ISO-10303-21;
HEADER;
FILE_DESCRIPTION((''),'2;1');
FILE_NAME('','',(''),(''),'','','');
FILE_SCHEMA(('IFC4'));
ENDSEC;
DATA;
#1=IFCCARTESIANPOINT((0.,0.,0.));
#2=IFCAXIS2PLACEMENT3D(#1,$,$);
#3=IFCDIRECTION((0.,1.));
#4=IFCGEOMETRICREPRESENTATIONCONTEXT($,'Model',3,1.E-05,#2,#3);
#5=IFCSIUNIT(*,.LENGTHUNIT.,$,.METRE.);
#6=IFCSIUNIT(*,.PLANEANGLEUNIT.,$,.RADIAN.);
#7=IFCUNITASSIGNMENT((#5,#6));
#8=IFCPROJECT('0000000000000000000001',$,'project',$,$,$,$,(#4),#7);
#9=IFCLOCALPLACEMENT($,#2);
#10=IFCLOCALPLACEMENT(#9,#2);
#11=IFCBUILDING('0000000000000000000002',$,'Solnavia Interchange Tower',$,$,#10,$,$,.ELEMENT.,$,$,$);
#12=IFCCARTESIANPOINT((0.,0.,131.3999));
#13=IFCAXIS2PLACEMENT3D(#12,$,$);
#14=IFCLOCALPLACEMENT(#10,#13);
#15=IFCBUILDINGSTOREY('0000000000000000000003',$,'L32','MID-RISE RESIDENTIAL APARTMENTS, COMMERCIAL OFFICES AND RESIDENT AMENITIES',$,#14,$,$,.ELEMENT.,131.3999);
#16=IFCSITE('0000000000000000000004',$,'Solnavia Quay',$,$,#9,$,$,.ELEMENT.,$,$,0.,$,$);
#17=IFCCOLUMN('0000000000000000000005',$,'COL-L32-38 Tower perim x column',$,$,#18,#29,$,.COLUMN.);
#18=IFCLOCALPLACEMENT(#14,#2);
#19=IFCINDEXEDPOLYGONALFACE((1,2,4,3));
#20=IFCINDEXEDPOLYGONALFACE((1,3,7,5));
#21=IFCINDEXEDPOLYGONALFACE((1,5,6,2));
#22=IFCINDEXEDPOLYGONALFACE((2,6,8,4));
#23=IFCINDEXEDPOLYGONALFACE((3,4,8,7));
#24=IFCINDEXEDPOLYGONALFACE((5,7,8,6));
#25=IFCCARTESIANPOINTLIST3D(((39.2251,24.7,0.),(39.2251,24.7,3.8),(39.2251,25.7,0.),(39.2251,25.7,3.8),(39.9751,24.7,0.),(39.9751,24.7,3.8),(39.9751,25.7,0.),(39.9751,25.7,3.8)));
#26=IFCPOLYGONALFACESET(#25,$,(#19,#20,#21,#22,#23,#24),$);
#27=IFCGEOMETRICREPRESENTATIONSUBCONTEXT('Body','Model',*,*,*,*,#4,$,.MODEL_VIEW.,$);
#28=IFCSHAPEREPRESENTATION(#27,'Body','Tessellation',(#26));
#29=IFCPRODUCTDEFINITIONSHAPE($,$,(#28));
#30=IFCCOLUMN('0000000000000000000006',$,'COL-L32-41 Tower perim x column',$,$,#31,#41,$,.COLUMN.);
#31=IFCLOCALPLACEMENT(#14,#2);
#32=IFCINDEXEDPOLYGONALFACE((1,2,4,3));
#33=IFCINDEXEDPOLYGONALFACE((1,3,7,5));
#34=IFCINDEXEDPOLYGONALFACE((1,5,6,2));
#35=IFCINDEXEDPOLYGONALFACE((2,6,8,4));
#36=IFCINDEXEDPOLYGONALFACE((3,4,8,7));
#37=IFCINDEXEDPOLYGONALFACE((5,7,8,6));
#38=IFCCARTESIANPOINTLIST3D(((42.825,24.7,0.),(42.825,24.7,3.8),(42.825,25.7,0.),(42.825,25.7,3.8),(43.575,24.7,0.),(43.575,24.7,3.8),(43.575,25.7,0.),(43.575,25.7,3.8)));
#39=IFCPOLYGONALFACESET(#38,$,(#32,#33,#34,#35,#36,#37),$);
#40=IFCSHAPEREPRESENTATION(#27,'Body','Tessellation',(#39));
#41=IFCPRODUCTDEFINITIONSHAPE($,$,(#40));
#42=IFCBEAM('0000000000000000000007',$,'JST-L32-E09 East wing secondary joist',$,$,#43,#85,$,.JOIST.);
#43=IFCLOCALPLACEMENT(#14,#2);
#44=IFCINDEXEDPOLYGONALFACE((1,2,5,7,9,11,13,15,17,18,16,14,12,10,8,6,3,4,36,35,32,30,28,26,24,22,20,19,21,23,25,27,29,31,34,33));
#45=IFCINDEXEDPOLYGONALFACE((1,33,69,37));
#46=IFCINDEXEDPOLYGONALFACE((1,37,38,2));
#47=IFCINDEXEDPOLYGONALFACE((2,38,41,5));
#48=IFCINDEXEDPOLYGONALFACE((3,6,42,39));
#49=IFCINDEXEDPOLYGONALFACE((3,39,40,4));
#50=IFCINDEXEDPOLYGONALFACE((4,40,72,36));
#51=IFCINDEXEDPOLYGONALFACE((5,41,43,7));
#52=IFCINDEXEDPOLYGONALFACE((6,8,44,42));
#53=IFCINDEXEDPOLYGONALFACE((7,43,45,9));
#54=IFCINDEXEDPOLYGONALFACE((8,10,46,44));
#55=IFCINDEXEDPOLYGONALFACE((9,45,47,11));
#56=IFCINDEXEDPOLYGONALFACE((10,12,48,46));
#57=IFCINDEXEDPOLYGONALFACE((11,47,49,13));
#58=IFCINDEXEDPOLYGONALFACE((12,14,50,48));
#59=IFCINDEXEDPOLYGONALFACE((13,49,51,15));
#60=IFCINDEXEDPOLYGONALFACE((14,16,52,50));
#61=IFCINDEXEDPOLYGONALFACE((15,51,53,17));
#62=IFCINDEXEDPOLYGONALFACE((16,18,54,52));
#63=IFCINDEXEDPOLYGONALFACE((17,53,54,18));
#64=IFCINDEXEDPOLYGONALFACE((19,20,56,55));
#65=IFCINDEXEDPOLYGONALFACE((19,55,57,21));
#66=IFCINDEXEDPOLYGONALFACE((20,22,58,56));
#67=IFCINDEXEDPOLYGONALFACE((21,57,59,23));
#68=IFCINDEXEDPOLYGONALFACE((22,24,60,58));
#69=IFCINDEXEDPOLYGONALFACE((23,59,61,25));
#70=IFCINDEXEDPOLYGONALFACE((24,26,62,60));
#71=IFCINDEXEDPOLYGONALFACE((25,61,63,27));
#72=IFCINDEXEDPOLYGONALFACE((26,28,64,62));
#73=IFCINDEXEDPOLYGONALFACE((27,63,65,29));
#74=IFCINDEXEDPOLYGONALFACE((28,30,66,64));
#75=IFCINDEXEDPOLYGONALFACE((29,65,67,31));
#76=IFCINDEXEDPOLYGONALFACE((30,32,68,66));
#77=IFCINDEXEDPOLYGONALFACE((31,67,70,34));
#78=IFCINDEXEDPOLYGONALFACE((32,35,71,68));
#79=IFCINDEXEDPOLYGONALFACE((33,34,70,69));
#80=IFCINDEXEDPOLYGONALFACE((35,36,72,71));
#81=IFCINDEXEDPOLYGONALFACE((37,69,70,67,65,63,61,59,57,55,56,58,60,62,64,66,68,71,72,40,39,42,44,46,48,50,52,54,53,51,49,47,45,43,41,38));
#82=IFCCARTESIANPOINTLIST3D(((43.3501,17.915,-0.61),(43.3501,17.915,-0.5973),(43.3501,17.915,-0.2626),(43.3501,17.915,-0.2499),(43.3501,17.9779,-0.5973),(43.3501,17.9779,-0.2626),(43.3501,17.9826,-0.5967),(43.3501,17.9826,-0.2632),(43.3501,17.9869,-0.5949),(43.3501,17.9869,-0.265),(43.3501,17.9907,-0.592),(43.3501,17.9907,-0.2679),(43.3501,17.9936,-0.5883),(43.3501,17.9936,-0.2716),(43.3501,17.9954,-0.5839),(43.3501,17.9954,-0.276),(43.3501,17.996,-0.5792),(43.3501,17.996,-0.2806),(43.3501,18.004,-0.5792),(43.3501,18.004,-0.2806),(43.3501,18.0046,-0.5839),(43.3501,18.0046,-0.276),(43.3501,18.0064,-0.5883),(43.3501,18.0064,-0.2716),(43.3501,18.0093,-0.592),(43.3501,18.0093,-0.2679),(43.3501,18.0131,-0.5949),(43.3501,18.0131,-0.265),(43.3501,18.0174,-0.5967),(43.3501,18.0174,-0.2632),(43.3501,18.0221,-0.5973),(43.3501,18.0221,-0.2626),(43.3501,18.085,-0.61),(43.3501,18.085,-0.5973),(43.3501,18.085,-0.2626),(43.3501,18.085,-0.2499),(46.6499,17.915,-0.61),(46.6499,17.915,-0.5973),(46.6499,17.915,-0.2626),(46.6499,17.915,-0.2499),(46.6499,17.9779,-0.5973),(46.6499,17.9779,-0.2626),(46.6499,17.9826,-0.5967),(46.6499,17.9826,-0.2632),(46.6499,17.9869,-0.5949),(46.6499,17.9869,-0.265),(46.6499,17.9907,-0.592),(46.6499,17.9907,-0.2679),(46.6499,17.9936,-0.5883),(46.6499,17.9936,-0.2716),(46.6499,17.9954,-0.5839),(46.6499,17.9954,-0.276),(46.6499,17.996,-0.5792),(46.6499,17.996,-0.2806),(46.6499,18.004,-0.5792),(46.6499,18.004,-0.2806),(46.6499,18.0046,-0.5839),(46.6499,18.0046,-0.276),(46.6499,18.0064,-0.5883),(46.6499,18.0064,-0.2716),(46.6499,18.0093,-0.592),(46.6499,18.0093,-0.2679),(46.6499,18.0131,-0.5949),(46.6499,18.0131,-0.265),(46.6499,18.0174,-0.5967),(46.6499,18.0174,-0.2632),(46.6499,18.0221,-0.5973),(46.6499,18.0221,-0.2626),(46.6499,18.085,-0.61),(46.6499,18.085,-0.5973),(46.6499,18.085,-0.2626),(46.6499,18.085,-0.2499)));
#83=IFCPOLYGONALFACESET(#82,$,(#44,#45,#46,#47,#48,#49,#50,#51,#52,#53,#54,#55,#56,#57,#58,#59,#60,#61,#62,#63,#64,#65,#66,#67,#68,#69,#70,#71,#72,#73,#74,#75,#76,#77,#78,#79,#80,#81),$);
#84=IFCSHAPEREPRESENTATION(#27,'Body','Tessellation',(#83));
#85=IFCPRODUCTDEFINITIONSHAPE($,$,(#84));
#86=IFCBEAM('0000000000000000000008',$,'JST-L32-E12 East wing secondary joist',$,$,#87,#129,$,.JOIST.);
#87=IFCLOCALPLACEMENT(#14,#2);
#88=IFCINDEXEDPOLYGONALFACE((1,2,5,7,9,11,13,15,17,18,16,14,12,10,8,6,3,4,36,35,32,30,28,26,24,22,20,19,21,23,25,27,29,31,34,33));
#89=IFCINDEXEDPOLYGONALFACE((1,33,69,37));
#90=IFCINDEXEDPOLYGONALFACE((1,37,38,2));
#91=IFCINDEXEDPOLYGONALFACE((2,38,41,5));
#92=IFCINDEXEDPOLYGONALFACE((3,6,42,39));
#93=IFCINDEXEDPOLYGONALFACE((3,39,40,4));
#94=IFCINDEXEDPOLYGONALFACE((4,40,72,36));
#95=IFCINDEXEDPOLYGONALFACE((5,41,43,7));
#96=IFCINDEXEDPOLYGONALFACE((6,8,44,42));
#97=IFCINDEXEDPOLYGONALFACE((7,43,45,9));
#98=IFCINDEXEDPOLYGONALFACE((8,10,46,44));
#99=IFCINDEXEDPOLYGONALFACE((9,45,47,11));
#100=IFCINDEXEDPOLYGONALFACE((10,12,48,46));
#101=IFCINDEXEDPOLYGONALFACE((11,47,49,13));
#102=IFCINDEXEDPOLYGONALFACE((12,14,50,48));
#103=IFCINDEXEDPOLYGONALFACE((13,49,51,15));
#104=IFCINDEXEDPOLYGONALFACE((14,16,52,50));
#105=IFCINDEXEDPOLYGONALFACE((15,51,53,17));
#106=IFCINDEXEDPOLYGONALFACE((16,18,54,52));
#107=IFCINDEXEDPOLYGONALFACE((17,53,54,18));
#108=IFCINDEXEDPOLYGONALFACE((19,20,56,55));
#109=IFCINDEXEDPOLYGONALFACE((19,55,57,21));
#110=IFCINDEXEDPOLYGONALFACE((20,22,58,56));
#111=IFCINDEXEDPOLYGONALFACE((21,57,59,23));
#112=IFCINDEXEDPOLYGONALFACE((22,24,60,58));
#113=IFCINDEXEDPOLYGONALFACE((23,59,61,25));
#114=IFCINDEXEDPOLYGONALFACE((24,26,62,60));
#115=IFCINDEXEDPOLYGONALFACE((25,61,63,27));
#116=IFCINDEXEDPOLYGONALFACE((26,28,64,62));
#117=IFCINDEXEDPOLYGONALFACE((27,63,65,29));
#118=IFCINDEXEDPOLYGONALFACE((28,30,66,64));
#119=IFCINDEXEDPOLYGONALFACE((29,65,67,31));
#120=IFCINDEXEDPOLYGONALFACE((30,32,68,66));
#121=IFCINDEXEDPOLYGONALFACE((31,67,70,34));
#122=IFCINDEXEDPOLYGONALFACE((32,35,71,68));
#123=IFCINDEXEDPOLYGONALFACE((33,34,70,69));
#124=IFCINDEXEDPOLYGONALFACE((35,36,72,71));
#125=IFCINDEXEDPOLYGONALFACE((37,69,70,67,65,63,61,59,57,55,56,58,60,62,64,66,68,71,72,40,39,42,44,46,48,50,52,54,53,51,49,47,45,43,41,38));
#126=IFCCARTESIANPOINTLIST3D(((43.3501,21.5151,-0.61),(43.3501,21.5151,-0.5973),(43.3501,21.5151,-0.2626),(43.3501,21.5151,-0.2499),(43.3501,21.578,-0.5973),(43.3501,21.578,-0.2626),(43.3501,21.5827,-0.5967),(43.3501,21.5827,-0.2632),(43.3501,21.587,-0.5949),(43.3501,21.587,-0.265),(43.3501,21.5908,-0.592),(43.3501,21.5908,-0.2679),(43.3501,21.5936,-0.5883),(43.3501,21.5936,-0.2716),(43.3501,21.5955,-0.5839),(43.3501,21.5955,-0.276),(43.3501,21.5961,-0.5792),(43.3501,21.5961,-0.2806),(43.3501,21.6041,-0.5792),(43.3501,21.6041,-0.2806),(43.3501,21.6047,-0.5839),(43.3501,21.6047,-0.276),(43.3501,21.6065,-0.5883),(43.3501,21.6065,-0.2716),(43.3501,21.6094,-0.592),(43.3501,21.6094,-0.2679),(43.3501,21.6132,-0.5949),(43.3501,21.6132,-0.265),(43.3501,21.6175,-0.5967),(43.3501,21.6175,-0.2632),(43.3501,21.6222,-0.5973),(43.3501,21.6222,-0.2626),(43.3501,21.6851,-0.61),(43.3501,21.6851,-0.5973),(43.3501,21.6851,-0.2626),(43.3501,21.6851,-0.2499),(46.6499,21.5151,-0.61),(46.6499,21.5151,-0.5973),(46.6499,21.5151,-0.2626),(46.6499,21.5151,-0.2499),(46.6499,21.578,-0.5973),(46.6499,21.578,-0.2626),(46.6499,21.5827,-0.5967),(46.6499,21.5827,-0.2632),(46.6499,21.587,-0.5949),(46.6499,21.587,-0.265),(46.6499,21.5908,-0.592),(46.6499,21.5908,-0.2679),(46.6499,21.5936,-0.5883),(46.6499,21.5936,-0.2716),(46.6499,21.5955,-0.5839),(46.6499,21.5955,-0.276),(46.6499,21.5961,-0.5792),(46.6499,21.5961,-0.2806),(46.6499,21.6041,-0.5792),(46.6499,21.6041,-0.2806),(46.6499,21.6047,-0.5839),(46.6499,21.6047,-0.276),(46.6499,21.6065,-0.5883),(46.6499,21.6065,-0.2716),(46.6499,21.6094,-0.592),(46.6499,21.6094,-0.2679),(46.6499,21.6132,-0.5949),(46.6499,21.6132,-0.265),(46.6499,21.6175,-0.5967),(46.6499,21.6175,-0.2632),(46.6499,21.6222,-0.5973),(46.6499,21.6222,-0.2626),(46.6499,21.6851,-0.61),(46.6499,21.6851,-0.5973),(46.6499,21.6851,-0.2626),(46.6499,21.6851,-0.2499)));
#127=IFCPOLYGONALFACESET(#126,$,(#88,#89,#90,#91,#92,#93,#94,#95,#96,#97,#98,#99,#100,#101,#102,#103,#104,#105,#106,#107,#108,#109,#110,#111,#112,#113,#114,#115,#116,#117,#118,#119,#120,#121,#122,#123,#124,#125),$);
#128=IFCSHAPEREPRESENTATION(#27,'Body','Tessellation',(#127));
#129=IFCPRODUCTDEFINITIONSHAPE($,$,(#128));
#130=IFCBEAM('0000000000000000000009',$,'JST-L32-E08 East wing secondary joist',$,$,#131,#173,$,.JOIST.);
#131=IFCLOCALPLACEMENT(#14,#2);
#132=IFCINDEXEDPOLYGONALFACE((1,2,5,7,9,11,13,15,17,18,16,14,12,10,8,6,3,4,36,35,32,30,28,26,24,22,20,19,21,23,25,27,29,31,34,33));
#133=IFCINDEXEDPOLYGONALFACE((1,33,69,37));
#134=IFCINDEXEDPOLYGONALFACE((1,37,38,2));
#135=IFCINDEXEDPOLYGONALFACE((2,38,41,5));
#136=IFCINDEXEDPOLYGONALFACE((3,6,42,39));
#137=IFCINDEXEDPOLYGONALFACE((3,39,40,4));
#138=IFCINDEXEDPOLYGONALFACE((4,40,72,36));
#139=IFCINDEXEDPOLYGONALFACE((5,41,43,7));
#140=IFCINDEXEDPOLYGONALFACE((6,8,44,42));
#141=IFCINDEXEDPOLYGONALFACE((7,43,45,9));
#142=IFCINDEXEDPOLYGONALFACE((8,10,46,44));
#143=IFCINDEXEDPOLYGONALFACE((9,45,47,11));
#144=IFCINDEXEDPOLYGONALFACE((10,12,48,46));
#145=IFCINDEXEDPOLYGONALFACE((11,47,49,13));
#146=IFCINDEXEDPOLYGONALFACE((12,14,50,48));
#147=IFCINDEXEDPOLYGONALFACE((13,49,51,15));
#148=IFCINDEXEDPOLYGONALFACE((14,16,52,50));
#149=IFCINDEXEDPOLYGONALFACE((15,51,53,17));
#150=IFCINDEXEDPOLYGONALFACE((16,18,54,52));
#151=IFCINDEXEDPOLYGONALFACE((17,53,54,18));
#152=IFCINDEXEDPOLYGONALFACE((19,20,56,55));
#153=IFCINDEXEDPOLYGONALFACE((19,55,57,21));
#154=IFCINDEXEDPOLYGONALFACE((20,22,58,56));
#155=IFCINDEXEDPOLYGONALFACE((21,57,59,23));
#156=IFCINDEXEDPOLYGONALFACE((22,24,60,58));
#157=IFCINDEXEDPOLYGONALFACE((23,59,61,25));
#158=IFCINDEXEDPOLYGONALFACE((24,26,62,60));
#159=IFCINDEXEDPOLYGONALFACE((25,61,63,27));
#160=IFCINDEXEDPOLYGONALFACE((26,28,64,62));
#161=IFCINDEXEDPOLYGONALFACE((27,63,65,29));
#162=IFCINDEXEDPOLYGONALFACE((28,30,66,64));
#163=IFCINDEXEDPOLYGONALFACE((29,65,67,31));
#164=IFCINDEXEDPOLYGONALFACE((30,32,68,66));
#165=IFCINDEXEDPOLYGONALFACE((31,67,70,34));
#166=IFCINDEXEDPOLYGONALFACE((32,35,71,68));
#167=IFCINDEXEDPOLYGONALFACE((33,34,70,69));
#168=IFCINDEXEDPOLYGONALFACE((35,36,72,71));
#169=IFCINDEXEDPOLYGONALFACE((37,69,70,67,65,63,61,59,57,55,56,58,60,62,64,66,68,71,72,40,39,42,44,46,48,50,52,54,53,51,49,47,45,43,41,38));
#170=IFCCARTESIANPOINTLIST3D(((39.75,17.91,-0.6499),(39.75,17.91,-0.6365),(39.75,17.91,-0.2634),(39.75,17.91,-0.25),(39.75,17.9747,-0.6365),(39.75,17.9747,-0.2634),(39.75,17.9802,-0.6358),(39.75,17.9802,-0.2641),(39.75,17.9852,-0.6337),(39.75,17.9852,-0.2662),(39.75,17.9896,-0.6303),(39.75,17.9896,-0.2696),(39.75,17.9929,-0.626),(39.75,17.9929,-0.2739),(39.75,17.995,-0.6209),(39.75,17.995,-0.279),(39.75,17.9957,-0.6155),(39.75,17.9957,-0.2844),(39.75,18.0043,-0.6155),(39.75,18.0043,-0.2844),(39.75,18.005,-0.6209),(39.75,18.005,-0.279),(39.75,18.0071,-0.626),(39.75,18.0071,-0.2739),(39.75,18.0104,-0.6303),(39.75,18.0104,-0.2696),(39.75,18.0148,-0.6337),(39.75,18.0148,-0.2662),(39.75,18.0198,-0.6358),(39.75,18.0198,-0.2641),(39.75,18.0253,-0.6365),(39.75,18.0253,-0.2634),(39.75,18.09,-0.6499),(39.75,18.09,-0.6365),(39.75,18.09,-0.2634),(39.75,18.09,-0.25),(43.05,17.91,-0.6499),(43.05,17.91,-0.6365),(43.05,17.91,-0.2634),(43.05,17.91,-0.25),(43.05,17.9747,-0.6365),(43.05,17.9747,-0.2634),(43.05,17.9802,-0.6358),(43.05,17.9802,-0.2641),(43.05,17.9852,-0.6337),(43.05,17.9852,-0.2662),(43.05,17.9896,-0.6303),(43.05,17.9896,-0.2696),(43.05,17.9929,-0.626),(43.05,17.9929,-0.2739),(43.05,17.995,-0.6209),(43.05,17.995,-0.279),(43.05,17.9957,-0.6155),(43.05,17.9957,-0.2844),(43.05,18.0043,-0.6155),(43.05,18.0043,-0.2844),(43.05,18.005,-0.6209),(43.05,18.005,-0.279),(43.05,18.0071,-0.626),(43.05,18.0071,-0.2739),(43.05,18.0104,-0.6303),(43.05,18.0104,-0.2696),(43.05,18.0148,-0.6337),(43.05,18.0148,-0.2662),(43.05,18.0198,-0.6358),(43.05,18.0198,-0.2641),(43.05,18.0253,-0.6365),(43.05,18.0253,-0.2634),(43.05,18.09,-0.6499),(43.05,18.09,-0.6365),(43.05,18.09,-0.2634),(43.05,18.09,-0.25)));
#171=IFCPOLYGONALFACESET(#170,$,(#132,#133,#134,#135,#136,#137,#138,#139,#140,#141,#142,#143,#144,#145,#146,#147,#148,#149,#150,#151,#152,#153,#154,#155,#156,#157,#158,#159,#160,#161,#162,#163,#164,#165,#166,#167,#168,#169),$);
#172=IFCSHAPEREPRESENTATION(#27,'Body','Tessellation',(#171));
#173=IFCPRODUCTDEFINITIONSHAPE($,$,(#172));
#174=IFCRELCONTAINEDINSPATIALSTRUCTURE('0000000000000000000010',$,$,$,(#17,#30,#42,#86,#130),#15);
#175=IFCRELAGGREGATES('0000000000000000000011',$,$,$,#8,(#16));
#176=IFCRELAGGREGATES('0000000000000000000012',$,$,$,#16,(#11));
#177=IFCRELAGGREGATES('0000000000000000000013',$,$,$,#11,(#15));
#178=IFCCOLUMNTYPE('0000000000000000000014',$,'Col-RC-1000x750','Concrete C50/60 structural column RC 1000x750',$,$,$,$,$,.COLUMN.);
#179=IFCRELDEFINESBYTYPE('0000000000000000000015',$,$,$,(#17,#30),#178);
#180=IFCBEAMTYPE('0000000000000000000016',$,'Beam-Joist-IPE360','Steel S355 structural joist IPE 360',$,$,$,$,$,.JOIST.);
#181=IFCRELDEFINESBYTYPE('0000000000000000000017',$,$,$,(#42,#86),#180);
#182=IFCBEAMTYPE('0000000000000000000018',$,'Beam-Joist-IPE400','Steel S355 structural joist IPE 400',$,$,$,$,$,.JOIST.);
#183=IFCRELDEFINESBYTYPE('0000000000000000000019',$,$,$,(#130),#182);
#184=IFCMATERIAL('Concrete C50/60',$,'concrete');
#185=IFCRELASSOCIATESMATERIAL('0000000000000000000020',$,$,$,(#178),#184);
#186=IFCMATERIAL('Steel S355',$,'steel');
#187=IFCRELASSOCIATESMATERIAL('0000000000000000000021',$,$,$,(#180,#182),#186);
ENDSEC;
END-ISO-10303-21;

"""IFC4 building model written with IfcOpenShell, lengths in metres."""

from ifc_helpers import new_model, si_unit, direction, frame, origin, origin_2d, place, context, subcontext, project, spatial, rectangle, i_section, extrude, material, material_profile, profile_set, type_object, element, save


model = new_model("IFC4")

# Units and contexts
model_context = context("Model", 3, precision=1e-05, world=origin(), true_north=direction((0.0, 1.0)))
body_context = subcontext(model_context, "Body", "Model", "MODEL_VIEW")
ifc_project = project(units=[si_unit("LENGTHUNIT", "METRE"), si_unit("PLANEANGLEUNIT", "RADIAN")], contexts=[model_context])

# Site, building, storey
site_placement = place(None, origin())
site = spatial("IfcSite", under=ifc_project, at=site_placement, Name="Solnavia Quay", CompositionType="ELEMENT", RefElevation=0.0)
building_placement = place(site_placement, origin())
building = spatial("IfcBuilding", under=site, at=building_placement, Name="Solnavia Interchange Tower", CompositionType="ELEMENT")
storey_placement = place(building_placement, frame((0.0, 0.0, 131.3999)))
storey = spatial("IfcBuildingStorey", under=building, at=storey_placement, Name="L32", Description="MID-RISE RESIDENTIAL APARTMENTS, COMMERCIAL OFFICES AND RESIDENT AMENITIES", CompositionType="ELEMENT", Elevation=131.3999)

# Columns
ifc_material_1 = material(Name="Concrete C50/60", Category="concrete")
ifc_material_profile_1 = material_profile(ifc_material_1, rectangle(XDim=0.75, YDim=1.0, at=origin_2d()), Name="RC 1000x750")
ifc_profile_set_1 = profile_set([ifc_material_profile_1], Name="Concrete C50/60")
column_type = type_object("IfcColumnType", Name="Col-RC-1000x750", Description="Concrete C50/60 structural column RC 1000x750", PredefinedType="COLUMN", material=ifc_profile_set_1)
for number, where, z_axis, x_axis, name in (
    (1, (39.6001, 25.2, 0.0), (0.0, 0.0, 1.0), (1.0, 0.0, 0.0), "COL-L32-38 Tower perim x column"),
    (2, (43.2, 25.2, 0.0), (0.0, 0.0, 1.0), (1.0, 0.0, 0.0), "COL-L32-41 Tower perim x column"),
):
    element("IfcColumn", number, at=place(storey_placement, frame(where, z_axis=z_axis, x_axis=x_axis)), inside=storey, type_object=column_type, Name=name, PredefinedType="COLUMN", context=body_context, shape_type="SweptSolid", body=[
        extrude(rectangle(XDim=0.75, YDim=1.0, at=origin_2d()), origin(), (0.0, 0.0, 1.0), 3.8),
    ])

# Beams
ifc_material_2 = material(Name="Steel S355", Category="steel")
ifc_material_profile_2 = material_profile(ifc_material_2, i_section(OverallWidth=0.1699, OverallDepth=0.3601, WebThickness=0.0081, FlangeThickness=0.0127, FilletRadius=0.0181, at=origin_2d()), Name="IPE 360")
ifc_profile_set_2 = profile_set([ifc_material_profile_2], Name="Steel S355")
beam_type_1 = type_object("IfcBeamType", Name="Beam-Joist-IPE360", Description="Steel S355 structural joist IPE 360", PredefinedType="JOIST", material=ifc_profile_set_2)
for number, where, z_axis, x_axis, name in (
    (3, (43.3501, 18.0, -0.4299), (1.0, 0.0, 0.0), (0.0, 1.0, 0.0), "JST-L32-E09 East wing secondary joist"),
    (4, (43.3501, 21.6001, -0.4299), (1.0, 0.0, 0.0), (0.0, 1.0, 0.0), "JST-L32-E12 East wing secondary joist"),
):
    element("IfcBeam", number, at=place(storey_placement, frame(where, z_axis=z_axis, x_axis=x_axis)), inside=storey, type_object=beam_type_1, Name=name, PredefinedType="JOIST", context=body_context, shape_type="SweptSolid", body=[
        extrude(i_section(OverallWidth=0.1699, OverallDepth=0.3601, WebThickness=0.0081, FlangeThickness=0.0127, FilletRadius=0.0181, at=origin_2d()), origin(), (0.0, 0.0, 1.0), 3.2998),
    ])
ifc_material_profile_3 = material_profile(ifc_material_2, i_section(OverallWidth=0.1799, OverallDepth=0.3999, WebThickness=0.0085, FlangeThickness=0.0134, FilletRadius=0.021, at=origin_2d()), Name="IPE 400")
ifc_profile_set_3 = profile_set([ifc_material_profile_3], Name="Steel S355")
beam_type_2 = type_object("IfcBeamType", Name="Beam-Joist-IPE400", Description="Steel S355 structural joist IPE 400", PredefinedType="JOIST", material=ifc_profile_set_3)
for number, where, z_axis, x_axis, name in (
    (5, (39.75, 18.0, -0.45), (1.0, 0.0, 0.0), (0.0, 1.0, 0.0), "JST-L32-E08 East wing secondary joist"),
):
    element("IfcBeam", number, at=place(storey_placement, frame(where, z_axis=z_axis, x_axis=x_axis)), inside=storey, type_object=beam_type_2, Name=name, PredefinedType="JOIST", context=body_context, shape_type="SweptSolid", body=[
        extrude(i_section(OverallWidth=0.1799, OverallDepth=0.3999, WebThickness=0.0085, FlangeThickness=0.0134, FilletRadius=0.021, at=origin_2d()), origin(), (0.0, 0.0, 1.0), 3.3),
    ])

save(model, "model.ifc")
